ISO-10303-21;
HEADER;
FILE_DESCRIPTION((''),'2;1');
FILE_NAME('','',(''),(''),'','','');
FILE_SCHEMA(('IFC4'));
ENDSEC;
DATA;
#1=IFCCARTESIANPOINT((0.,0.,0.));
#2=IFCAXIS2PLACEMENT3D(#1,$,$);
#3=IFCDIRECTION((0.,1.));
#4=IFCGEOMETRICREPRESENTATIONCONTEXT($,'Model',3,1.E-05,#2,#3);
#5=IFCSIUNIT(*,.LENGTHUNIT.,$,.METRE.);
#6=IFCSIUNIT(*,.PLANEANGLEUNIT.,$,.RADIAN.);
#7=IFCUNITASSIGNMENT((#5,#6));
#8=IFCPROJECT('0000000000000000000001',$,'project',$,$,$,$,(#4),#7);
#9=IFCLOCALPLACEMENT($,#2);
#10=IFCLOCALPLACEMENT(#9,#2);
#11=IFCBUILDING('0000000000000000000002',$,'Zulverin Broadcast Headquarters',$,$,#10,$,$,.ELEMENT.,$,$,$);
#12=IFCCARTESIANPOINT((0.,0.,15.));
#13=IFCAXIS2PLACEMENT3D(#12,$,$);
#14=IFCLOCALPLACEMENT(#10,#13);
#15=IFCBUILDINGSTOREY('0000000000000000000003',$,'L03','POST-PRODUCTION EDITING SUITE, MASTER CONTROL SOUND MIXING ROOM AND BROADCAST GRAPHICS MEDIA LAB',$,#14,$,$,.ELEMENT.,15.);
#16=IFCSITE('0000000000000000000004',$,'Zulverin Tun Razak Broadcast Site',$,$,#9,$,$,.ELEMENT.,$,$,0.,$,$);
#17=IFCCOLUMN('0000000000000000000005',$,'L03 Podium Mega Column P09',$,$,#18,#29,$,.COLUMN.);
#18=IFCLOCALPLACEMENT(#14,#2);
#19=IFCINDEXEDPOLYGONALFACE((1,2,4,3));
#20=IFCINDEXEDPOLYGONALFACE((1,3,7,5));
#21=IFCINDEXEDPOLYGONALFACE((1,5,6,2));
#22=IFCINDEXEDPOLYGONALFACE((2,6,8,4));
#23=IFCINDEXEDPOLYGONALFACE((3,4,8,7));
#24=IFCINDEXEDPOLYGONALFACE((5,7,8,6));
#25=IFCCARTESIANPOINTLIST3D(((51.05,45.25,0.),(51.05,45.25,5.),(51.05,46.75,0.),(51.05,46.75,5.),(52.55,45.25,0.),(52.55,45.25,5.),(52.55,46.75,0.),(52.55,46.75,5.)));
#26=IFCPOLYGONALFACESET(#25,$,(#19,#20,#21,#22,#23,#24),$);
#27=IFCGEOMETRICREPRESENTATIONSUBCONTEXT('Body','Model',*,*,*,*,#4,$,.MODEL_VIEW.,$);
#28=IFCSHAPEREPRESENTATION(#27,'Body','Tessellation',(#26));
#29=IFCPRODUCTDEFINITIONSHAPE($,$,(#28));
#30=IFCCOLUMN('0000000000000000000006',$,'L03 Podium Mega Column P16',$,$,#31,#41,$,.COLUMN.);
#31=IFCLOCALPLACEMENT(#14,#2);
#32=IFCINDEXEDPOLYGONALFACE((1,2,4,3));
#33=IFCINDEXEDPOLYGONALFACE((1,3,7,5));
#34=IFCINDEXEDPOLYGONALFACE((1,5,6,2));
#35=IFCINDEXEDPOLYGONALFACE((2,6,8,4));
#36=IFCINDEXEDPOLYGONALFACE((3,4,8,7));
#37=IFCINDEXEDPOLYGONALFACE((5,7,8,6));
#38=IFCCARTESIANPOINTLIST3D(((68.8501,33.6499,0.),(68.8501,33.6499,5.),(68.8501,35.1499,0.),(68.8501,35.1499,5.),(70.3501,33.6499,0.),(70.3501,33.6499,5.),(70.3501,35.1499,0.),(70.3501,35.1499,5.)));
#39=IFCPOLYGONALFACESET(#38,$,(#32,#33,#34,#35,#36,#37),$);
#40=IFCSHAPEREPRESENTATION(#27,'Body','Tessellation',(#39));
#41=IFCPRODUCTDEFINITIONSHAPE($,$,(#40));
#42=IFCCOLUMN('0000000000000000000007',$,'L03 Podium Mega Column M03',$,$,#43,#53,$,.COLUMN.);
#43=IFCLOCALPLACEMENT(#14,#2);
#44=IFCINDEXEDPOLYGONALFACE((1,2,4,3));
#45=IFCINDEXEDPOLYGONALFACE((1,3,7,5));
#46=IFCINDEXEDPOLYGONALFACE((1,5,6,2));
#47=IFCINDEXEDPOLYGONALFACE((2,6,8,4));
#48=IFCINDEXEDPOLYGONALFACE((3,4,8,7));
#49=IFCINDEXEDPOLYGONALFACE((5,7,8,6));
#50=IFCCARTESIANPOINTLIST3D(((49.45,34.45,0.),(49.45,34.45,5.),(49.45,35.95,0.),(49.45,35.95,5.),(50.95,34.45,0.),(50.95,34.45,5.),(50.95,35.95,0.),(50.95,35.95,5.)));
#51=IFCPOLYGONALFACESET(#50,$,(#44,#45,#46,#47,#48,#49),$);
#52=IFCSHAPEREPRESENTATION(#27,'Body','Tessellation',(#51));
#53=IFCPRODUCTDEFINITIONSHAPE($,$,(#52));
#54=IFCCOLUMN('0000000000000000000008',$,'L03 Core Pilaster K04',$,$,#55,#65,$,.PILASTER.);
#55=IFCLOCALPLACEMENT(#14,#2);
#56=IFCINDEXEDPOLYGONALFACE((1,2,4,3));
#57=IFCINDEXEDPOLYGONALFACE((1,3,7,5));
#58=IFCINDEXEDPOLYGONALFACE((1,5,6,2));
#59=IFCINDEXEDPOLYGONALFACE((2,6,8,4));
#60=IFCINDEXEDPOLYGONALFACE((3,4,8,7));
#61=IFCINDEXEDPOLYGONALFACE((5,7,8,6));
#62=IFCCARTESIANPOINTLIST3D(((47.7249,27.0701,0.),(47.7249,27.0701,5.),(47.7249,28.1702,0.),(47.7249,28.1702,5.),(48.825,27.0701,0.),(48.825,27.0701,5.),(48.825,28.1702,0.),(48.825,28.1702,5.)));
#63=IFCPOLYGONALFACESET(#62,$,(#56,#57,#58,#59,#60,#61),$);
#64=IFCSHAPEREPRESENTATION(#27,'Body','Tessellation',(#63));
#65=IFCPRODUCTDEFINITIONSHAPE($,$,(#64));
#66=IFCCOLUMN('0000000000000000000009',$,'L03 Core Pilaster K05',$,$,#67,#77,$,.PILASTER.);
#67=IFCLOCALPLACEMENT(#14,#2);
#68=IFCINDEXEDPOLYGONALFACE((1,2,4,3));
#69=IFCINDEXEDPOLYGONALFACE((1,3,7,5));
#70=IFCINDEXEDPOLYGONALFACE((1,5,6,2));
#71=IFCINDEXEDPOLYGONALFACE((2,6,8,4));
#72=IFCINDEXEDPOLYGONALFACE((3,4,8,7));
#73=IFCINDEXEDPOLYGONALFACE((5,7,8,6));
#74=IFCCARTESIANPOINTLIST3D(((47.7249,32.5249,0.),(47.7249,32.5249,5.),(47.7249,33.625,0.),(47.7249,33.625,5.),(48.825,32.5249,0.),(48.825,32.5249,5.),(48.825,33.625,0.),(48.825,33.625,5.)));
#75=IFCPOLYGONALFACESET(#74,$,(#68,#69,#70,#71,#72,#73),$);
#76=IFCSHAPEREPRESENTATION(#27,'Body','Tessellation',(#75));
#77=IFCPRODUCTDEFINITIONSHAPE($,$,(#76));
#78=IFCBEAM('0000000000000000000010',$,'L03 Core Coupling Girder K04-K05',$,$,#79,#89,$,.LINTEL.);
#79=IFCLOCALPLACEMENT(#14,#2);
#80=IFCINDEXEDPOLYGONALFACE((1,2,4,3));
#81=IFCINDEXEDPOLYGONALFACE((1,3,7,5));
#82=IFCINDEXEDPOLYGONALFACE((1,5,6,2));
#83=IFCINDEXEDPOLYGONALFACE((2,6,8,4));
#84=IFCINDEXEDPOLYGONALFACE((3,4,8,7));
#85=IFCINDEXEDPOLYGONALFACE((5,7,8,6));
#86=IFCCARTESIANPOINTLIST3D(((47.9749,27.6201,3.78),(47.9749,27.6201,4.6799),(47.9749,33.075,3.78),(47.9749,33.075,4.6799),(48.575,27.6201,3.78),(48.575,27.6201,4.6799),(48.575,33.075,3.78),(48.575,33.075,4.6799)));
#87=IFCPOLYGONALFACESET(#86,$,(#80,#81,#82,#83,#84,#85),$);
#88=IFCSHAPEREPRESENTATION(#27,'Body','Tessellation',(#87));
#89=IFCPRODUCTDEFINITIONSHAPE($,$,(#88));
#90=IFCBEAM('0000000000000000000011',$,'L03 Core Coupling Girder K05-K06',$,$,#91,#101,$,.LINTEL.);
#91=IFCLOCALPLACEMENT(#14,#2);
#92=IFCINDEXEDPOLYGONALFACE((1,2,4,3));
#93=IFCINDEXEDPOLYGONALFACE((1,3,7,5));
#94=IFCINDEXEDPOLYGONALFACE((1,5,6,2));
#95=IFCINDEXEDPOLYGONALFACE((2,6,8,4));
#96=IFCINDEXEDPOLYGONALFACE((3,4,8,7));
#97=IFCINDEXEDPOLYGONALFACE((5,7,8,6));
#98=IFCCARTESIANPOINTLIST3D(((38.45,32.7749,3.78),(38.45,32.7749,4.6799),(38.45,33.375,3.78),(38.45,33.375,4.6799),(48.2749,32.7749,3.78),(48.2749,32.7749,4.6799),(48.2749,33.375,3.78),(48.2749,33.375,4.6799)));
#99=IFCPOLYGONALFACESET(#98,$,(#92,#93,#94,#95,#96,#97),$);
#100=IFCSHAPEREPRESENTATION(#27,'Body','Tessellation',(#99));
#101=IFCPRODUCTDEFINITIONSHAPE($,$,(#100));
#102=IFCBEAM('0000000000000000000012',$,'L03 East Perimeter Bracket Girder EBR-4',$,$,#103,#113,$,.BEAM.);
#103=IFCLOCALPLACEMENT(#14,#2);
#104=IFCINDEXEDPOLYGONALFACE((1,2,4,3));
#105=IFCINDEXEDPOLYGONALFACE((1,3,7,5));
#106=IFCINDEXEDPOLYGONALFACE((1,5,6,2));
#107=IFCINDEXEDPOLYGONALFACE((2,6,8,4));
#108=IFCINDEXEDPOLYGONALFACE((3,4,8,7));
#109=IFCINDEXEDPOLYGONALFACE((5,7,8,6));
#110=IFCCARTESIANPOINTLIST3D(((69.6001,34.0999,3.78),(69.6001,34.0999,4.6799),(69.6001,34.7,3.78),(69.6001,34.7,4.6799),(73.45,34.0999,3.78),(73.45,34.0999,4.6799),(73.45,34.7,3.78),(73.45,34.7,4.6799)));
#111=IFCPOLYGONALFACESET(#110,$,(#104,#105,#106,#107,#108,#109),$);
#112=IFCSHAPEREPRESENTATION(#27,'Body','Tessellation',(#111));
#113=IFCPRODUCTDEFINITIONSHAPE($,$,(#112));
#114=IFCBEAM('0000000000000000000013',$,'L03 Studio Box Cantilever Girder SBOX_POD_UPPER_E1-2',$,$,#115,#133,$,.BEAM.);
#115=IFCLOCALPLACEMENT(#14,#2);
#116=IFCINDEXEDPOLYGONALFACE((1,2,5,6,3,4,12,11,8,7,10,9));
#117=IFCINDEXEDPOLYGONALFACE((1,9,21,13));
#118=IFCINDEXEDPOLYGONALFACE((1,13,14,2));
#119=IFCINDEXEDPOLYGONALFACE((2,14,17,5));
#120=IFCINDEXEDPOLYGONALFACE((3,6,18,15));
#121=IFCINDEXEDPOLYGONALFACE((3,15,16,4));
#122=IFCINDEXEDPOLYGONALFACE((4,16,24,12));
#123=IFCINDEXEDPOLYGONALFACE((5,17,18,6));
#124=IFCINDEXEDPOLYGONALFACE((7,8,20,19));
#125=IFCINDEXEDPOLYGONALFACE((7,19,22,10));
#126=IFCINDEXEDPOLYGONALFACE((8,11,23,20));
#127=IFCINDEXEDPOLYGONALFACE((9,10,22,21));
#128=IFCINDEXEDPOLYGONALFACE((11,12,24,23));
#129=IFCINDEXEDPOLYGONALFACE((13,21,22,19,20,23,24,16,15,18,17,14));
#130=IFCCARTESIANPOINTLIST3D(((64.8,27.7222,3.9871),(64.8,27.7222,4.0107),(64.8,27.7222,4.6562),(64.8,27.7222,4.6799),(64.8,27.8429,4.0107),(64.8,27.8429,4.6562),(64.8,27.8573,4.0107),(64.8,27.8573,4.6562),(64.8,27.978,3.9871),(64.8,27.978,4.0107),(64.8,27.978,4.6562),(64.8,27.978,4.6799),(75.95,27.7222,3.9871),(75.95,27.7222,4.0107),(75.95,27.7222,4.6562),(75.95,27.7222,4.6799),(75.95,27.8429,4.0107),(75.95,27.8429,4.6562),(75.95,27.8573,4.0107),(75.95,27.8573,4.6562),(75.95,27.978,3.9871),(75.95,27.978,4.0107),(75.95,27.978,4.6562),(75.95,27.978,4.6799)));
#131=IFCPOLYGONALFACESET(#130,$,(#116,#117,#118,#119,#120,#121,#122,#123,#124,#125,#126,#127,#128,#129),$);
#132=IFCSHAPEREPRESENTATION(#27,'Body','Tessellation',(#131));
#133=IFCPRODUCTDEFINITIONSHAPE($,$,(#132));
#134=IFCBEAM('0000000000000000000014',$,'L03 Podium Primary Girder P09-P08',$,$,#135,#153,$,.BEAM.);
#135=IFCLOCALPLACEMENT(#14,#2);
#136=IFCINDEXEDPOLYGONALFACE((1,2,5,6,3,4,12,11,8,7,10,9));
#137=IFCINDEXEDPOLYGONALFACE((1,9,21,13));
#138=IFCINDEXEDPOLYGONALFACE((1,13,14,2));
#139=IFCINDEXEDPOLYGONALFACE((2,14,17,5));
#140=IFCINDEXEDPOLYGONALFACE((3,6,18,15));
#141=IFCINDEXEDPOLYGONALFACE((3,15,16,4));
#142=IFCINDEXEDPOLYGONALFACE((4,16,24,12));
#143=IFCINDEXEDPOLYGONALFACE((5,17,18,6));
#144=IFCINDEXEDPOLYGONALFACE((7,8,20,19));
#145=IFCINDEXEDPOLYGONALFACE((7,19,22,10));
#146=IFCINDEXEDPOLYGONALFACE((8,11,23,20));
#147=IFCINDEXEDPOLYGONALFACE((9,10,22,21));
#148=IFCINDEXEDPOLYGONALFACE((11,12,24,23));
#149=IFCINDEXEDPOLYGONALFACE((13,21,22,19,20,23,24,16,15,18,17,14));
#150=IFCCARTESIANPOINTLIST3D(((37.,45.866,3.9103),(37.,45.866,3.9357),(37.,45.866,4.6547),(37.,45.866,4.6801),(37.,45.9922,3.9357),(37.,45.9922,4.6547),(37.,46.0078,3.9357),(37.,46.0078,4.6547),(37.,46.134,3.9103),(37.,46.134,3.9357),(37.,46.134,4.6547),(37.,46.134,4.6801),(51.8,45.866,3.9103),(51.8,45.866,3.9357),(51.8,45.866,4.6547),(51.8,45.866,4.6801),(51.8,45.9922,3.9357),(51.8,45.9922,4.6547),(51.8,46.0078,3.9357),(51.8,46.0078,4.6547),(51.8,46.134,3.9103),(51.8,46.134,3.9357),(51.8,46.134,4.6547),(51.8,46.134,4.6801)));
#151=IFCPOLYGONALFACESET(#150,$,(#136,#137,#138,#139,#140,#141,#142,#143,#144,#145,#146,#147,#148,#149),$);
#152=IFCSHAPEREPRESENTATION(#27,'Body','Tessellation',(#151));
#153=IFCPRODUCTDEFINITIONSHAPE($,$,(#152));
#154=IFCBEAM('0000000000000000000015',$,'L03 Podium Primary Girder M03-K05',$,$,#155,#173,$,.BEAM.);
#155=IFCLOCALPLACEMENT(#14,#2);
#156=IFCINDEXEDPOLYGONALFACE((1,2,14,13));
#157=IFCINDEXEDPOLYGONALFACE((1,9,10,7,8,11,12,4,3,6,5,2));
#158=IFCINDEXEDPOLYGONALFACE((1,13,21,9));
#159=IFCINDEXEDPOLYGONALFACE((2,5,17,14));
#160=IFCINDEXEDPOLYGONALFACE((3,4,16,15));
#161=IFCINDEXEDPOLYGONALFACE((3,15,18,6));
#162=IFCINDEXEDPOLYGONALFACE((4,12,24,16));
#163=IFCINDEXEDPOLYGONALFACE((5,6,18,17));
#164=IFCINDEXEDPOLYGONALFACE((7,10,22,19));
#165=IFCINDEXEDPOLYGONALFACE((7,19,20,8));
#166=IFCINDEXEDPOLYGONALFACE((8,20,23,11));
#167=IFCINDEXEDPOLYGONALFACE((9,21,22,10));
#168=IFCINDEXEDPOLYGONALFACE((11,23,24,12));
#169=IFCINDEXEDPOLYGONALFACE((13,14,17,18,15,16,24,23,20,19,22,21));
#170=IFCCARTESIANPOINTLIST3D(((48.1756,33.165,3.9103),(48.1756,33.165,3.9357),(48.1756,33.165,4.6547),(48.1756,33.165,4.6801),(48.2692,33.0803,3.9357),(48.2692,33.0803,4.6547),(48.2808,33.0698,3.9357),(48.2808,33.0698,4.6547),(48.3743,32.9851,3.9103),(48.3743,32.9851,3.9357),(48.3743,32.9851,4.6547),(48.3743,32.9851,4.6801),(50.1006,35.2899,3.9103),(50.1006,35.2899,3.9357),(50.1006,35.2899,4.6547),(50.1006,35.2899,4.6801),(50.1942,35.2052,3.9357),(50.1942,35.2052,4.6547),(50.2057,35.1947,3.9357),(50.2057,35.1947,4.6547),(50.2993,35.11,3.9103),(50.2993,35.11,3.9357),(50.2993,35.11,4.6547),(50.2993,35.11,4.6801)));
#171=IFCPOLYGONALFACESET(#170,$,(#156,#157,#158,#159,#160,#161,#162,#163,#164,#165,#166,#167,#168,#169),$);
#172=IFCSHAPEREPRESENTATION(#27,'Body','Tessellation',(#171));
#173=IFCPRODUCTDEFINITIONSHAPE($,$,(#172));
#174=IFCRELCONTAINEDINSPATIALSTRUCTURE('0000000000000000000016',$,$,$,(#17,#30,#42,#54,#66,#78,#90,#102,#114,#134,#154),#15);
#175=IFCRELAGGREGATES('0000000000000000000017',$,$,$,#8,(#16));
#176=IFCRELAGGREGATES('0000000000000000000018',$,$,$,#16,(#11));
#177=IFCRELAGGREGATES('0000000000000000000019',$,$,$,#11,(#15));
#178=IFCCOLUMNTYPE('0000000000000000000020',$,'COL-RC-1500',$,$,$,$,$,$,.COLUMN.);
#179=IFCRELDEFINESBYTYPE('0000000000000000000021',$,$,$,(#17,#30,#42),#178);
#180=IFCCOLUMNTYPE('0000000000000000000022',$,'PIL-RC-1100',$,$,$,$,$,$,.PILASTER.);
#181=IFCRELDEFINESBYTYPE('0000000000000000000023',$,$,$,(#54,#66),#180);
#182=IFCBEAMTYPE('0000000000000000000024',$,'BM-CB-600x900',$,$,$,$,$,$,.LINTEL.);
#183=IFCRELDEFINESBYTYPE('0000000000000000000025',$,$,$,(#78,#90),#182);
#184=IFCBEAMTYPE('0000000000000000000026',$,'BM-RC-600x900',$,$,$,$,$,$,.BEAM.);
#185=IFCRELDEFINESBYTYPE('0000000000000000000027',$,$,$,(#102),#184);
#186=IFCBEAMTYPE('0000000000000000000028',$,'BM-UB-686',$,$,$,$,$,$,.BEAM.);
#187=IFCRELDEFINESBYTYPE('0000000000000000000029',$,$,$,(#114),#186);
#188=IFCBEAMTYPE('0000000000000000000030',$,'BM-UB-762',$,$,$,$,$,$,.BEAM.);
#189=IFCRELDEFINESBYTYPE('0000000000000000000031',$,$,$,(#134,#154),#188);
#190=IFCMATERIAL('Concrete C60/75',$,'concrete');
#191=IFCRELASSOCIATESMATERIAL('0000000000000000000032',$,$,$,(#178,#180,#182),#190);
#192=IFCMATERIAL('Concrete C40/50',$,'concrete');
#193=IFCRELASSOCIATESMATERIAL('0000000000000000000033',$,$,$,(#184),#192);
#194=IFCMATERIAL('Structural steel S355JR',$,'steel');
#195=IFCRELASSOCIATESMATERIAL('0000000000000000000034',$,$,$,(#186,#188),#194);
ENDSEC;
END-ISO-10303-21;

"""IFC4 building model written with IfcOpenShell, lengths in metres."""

from ifc_helpers import new_model, si_unit, direction, frame, origin, origin_2d, place, context, subcontext, project, spatial, rectangle, i_section, extrude, material, material_profile, profile_set, type_object, element, save


model = new_model("IFC4")

# Units and contexts
model_context = context("Model", 3, precision=1e-05, world=origin(), true_north=direction((0.0, 1.0)))
body_context = subcontext(model_context, "Body", "Model", "MODEL_VIEW")
ifc_project = project(units=[si_unit("LENGTHUNIT", "METRE"), si_unit("PLANEANGLEUNIT", "RADIAN")], contexts=[model_context])

# Site, building, storey
site_placement = place(None, origin())
site = spatial("IfcSite", under=ifc_project, at=site_placement, Name="Zulverin Tun Razak Broadcast Site", CompositionType="ELEMENT", RefElevation=0.0)
building_placement = place(site_placement, origin())
building = spatial("IfcBuilding", under=site, at=building_placement, Name="Zulverin Broadcast Headquarters", CompositionType="ELEMENT")
storey_placement = place(building_placement, frame((0.0, 0.0, 15.0)))
storey = spatial("IfcBuildingStorey", under=building, at=storey_placement, Name="L03", Description="POST-PRODUCTION EDITING SUITE, MASTER CONTROL SOUND MIXING ROOM AND BROADCAST GRAPHICS MEDIA LAB", CompositionType="ELEMENT", Elevation=15.0)

# Columns
ifc_material_1 = material(Name="Concrete C60/75", Category="concrete")
ifc_material_profile_1 = material_profile(ifc_material_1, rectangle(XDim=1.5, YDim=1.5, at=origin_2d()), Name="Concrete C60/75", Category="concrete")
ifc_profile_set_1 = profile_set([ifc_material_profile_1], Name="Concrete C60/75")
column_type_1 = type_object("IfcColumnType", Name="COL-RC-1500", PredefinedType="COLUMN", material=ifc_profile_set_1)
for number, where, z_axis, x_axis, name in (
    (1, (51.8, 46.0, 0.0), (0.0, 0.0, 1.0), (1.0, 0.0, 0.0), "L03 Podium Mega Column P09"),
    (2, (69.6001, 34.3999, 0.0), (0.0, 0.0, 1.0), (1.0, 0.0, 0.0), "L03 Podium Mega Column P16"),
    (3, (50.2, 35.2, 0.0), (0.0, 0.0, 1.0), (1.0, 0.0, 0.0), "L03 Podium Mega Column M03"),
):
    element("IfcColumn", number, at=place(storey_placement, frame(where, z_axis=z_axis, x_axis=x_axis)), inside=storey, type_object=column_type_1, Name=name, PredefinedType="COLUMN", context=body_context, shape_type="SweptSolid", body=[
        extrude(rectangle(XDim=1.5, YDim=1.5, at=origin_2d()), origin(), (0.0, 0.0, 1.0), 5.0),
    ])
ifc_material_profile_2 = material_profile(ifc_material_1, rectangle(XDim=1.1001, YDim=1.1001, at=origin_2d()), Name="Concrete C60/75", Category="concrete")
ifc_profile_set_2 = profile_set([ifc_material_profile_2], Name="Concrete C60/75")
column_type_2 = type_object("IfcColumnType", Name="PIL-RC-1100", PredefinedType="PILASTER", material=ifc_profile_set_2)
for number, where, z_axis, x_axis, name in (
    (4, (48.2749, 27.6201, 0.0), (0.0, 0.0, 1.0), (1.0, 0.0, 0.0), "L03 Core Pilaster K04"),
    (5, (48.2749, 33.075, 0.0), (0.0, 0.0, 1.0), (1.0, 0.0, 0.0), "L03 Core Pilaster K05"),
):
    element("IfcColumn", number, at=place(storey_placement, frame(where, z_axis=z_axis, x_axis=x_axis)), inside=storey, type_object=column_type_2, Name=name, PredefinedType="PILASTER", context=body_context, shape_type="SweptSolid", body=[
        extrude(rectangle(XDim=1.1001, YDim=1.1001, at=origin_2d()), origin(), (0.0, 0.0, 1.0), 5.0),
    ])

# Beams
ifc_material_profile_3 = material_profile(ifc_material_1, rectangle(XDim=0.6001, YDim=0.8999, at=origin_2d()), Name="Concrete C60/75", Category="concrete")
ifc_profile_set_3 = profile_set([ifc_material_profile_3], Name="Concrete C60/75")
beam_type_1 = type_object("IfcBeamType", Name="BM-CB-600x900", PredefinedType="LINTEL", material=ifc_profile_set_3)
beam_1_placement = place(storey_placement, frame((48.2749, 27.6201, 4.23), z_axis=(0.0, 1.0, 0.0), x_axis=(-1.0, 0.0, 0.0)))
element("IfcBeam", 6, at=beam_1_placement, inside=storey, type_object=beam_type_1, Name="L03 Core Coupling Girder K04-K05", PredefinedType="LINTEL", context=body_context, shape_type="SweptSolid", body=[
    extrude(rectangle(XDim=0.6001, YDim=0.8999, at=origin_2d()), origin(), (0.0, 0.0, 1.0), 5.4548),
])
beam_2_placement = place(storey_placement, frame((48.2749, 33.075, 4.23), z_axis=(-1.0, 0.0, 0.0), x_axis=(0.0, -1.0, 0.0)))
element("IfcBeam", 7, at=beam_2_placement, inside=storey, type_object=beam_type_1, Name="L03 Core Coupling Girder K05-K06", PredefinedType="LINTEL", context=body_context, shape_type="SweptSolid", body=[
    extrude(rectangle(XDim=0.6001, YDim=0.8999, at=origin_2d()), origin(), (0.0, 0.0, 1.0), 9.825),
])
ifc_material_2 = material(Name="Concrete C40/50", Category="concrete")
ifc_material_profile_4 = material_profile(ifc_material_2, rectangle(XDim=0.6001, YDim=0.8999, at=origin_2d()), Name="Concrete C40/50", Category="concrete")
ifc_profile_set_4 = profile_set([ifc_material_profile_4], Name="Concrete C40/50")
beam_type_2 = type_object("IfcBeamType", Name="BM-RC-600x900", PredefinedType="BEAM", material=ifc_profile_set_4)
beam_3_placement = place(storey_placement, frame((69.6001, 34.3999, 4.23), z_axis=(1.0, 0.0, 0.0), x_axis=(0.0, 1.0, 0.0)))
element("IfcBeam", 8, at=beam_3_placement, inside=storey, type_object=beam_type_2, Name="L03 East Perimeter Bracket Girder EBR-4", PredefinedType="BEAM", context=body_context, shape_type="SweptSolid", body=[
    extrude(rectangle(XDim=0.6001, YDim=0.8999, at=origin_2d()), origin(), (0.0, 0.0, 1.0), 3.8499),
])
ifc_material_3 = material(Name="Structural steel S355JR", Category="steel")
ifc_material_profile_5 = material_profile(ifc_material_3, i_section(OverallWidth=0.2559, OverallDepth=0.6929, WebThickness=0.0144, FlangeThickness=0.0237, at=origin_2d()), Name="Structural steel S355JR", Category="steel")
ifc_profile_set_5 = profile_set([ifc_material_profile_5], Name="Structural steel S355JR")
beam_type_3 = type_object("IfcBeamType", Name="BM-UB-686", PredefinedType="BEAM", material=ifc_profile_set_5)
beam_4_placement = place(storey_placement, frame((64.8, 27.8501, 4.3335), z_axis=(1.0, 0.0, 0.0), x_axis=(0.0, 1.0, 0.0)))
element("IfcBeam", 9, at=beam_4_placement, inside=storey, type_object=beam_type_3, Name="L03 Studio Box Cantilever Girder SBOX_POD_UPPER_E1-2", PredefinedType="BEAM", context=body_context, shape_type="SweptSolid", body=[
    extrude(i_section(OverallWidth=0.2559, OverallDepth=0.6929, WebThickness=0.0144, FlangeThickness=0.0237, at=origin_2d()), origin(), (0.0, 0.0, 1.0), 11.1499),
])
ifc_material_profile_6 = material_profile(ifc_material_3, i_section(OverallWidth=0.2681, OverallDepth=0.7698, WebThickness=0.0156, FlangeThickness=0.0254, at=origin_2d()), Name="Structural steel S355JR", Category="steel")
ifc_profile_set_6 = profile_set([ifc_material_profile_6], Name="Structural steel S355JR")
beam_type_4 = type_object("IfcBeamType", Name="BM-UB-762", PredefinedType="BEAM", material=ifc_profile_set_6)
beam_5_placement = place(storey_placement, frame((51.8, 46.0, 4.2952), z_axis=(-1.0, 0.0, 0.0), x_axis=(0.0, -1.0, 0.0)))
element("IfcBeam", 10, at=beam_5_placement, inside=storey, type_object=beam_type_4, Name="L03 Podium Primary Girder P09-P08", PredefinedType="BEAM", context=body_context, shape_type="SweptSolid", body=[
    extrude(i_section(OverallWidth=0.2681, OverallDepth=0.7698, WebThickness=0.0156, FlangeThickness=0.0254, at=origin_2d()), origin(), (0.0, 0.0, 1.0), 14.8),
])
beam_6_placement = place(storey_placement, frame((50.2, 35.2, 4.2952), z_axis=(-0.671379, -0.741114, 0.0), x_axis=(0.741114, -0.671379, 0.0)))
element("IfcBeam", 11, at=beam_6_placement, inside=storey, type_object=beam_type_4, Name="L03 Podium Primary Girder M03-K05", PredefinedType="BEAM", context=body_context, shape_type="SweptSolid", body=[
    extrude(i_section(OverallWidth=0.2681, OverallDepth=0.7698, WebThickness=0.0156, FlangeThickness=0.0254, at=origin_2d()), origin(), (0.0, 0.0, 1.0), 2.8672),
])

save(model, "model.ifc")
